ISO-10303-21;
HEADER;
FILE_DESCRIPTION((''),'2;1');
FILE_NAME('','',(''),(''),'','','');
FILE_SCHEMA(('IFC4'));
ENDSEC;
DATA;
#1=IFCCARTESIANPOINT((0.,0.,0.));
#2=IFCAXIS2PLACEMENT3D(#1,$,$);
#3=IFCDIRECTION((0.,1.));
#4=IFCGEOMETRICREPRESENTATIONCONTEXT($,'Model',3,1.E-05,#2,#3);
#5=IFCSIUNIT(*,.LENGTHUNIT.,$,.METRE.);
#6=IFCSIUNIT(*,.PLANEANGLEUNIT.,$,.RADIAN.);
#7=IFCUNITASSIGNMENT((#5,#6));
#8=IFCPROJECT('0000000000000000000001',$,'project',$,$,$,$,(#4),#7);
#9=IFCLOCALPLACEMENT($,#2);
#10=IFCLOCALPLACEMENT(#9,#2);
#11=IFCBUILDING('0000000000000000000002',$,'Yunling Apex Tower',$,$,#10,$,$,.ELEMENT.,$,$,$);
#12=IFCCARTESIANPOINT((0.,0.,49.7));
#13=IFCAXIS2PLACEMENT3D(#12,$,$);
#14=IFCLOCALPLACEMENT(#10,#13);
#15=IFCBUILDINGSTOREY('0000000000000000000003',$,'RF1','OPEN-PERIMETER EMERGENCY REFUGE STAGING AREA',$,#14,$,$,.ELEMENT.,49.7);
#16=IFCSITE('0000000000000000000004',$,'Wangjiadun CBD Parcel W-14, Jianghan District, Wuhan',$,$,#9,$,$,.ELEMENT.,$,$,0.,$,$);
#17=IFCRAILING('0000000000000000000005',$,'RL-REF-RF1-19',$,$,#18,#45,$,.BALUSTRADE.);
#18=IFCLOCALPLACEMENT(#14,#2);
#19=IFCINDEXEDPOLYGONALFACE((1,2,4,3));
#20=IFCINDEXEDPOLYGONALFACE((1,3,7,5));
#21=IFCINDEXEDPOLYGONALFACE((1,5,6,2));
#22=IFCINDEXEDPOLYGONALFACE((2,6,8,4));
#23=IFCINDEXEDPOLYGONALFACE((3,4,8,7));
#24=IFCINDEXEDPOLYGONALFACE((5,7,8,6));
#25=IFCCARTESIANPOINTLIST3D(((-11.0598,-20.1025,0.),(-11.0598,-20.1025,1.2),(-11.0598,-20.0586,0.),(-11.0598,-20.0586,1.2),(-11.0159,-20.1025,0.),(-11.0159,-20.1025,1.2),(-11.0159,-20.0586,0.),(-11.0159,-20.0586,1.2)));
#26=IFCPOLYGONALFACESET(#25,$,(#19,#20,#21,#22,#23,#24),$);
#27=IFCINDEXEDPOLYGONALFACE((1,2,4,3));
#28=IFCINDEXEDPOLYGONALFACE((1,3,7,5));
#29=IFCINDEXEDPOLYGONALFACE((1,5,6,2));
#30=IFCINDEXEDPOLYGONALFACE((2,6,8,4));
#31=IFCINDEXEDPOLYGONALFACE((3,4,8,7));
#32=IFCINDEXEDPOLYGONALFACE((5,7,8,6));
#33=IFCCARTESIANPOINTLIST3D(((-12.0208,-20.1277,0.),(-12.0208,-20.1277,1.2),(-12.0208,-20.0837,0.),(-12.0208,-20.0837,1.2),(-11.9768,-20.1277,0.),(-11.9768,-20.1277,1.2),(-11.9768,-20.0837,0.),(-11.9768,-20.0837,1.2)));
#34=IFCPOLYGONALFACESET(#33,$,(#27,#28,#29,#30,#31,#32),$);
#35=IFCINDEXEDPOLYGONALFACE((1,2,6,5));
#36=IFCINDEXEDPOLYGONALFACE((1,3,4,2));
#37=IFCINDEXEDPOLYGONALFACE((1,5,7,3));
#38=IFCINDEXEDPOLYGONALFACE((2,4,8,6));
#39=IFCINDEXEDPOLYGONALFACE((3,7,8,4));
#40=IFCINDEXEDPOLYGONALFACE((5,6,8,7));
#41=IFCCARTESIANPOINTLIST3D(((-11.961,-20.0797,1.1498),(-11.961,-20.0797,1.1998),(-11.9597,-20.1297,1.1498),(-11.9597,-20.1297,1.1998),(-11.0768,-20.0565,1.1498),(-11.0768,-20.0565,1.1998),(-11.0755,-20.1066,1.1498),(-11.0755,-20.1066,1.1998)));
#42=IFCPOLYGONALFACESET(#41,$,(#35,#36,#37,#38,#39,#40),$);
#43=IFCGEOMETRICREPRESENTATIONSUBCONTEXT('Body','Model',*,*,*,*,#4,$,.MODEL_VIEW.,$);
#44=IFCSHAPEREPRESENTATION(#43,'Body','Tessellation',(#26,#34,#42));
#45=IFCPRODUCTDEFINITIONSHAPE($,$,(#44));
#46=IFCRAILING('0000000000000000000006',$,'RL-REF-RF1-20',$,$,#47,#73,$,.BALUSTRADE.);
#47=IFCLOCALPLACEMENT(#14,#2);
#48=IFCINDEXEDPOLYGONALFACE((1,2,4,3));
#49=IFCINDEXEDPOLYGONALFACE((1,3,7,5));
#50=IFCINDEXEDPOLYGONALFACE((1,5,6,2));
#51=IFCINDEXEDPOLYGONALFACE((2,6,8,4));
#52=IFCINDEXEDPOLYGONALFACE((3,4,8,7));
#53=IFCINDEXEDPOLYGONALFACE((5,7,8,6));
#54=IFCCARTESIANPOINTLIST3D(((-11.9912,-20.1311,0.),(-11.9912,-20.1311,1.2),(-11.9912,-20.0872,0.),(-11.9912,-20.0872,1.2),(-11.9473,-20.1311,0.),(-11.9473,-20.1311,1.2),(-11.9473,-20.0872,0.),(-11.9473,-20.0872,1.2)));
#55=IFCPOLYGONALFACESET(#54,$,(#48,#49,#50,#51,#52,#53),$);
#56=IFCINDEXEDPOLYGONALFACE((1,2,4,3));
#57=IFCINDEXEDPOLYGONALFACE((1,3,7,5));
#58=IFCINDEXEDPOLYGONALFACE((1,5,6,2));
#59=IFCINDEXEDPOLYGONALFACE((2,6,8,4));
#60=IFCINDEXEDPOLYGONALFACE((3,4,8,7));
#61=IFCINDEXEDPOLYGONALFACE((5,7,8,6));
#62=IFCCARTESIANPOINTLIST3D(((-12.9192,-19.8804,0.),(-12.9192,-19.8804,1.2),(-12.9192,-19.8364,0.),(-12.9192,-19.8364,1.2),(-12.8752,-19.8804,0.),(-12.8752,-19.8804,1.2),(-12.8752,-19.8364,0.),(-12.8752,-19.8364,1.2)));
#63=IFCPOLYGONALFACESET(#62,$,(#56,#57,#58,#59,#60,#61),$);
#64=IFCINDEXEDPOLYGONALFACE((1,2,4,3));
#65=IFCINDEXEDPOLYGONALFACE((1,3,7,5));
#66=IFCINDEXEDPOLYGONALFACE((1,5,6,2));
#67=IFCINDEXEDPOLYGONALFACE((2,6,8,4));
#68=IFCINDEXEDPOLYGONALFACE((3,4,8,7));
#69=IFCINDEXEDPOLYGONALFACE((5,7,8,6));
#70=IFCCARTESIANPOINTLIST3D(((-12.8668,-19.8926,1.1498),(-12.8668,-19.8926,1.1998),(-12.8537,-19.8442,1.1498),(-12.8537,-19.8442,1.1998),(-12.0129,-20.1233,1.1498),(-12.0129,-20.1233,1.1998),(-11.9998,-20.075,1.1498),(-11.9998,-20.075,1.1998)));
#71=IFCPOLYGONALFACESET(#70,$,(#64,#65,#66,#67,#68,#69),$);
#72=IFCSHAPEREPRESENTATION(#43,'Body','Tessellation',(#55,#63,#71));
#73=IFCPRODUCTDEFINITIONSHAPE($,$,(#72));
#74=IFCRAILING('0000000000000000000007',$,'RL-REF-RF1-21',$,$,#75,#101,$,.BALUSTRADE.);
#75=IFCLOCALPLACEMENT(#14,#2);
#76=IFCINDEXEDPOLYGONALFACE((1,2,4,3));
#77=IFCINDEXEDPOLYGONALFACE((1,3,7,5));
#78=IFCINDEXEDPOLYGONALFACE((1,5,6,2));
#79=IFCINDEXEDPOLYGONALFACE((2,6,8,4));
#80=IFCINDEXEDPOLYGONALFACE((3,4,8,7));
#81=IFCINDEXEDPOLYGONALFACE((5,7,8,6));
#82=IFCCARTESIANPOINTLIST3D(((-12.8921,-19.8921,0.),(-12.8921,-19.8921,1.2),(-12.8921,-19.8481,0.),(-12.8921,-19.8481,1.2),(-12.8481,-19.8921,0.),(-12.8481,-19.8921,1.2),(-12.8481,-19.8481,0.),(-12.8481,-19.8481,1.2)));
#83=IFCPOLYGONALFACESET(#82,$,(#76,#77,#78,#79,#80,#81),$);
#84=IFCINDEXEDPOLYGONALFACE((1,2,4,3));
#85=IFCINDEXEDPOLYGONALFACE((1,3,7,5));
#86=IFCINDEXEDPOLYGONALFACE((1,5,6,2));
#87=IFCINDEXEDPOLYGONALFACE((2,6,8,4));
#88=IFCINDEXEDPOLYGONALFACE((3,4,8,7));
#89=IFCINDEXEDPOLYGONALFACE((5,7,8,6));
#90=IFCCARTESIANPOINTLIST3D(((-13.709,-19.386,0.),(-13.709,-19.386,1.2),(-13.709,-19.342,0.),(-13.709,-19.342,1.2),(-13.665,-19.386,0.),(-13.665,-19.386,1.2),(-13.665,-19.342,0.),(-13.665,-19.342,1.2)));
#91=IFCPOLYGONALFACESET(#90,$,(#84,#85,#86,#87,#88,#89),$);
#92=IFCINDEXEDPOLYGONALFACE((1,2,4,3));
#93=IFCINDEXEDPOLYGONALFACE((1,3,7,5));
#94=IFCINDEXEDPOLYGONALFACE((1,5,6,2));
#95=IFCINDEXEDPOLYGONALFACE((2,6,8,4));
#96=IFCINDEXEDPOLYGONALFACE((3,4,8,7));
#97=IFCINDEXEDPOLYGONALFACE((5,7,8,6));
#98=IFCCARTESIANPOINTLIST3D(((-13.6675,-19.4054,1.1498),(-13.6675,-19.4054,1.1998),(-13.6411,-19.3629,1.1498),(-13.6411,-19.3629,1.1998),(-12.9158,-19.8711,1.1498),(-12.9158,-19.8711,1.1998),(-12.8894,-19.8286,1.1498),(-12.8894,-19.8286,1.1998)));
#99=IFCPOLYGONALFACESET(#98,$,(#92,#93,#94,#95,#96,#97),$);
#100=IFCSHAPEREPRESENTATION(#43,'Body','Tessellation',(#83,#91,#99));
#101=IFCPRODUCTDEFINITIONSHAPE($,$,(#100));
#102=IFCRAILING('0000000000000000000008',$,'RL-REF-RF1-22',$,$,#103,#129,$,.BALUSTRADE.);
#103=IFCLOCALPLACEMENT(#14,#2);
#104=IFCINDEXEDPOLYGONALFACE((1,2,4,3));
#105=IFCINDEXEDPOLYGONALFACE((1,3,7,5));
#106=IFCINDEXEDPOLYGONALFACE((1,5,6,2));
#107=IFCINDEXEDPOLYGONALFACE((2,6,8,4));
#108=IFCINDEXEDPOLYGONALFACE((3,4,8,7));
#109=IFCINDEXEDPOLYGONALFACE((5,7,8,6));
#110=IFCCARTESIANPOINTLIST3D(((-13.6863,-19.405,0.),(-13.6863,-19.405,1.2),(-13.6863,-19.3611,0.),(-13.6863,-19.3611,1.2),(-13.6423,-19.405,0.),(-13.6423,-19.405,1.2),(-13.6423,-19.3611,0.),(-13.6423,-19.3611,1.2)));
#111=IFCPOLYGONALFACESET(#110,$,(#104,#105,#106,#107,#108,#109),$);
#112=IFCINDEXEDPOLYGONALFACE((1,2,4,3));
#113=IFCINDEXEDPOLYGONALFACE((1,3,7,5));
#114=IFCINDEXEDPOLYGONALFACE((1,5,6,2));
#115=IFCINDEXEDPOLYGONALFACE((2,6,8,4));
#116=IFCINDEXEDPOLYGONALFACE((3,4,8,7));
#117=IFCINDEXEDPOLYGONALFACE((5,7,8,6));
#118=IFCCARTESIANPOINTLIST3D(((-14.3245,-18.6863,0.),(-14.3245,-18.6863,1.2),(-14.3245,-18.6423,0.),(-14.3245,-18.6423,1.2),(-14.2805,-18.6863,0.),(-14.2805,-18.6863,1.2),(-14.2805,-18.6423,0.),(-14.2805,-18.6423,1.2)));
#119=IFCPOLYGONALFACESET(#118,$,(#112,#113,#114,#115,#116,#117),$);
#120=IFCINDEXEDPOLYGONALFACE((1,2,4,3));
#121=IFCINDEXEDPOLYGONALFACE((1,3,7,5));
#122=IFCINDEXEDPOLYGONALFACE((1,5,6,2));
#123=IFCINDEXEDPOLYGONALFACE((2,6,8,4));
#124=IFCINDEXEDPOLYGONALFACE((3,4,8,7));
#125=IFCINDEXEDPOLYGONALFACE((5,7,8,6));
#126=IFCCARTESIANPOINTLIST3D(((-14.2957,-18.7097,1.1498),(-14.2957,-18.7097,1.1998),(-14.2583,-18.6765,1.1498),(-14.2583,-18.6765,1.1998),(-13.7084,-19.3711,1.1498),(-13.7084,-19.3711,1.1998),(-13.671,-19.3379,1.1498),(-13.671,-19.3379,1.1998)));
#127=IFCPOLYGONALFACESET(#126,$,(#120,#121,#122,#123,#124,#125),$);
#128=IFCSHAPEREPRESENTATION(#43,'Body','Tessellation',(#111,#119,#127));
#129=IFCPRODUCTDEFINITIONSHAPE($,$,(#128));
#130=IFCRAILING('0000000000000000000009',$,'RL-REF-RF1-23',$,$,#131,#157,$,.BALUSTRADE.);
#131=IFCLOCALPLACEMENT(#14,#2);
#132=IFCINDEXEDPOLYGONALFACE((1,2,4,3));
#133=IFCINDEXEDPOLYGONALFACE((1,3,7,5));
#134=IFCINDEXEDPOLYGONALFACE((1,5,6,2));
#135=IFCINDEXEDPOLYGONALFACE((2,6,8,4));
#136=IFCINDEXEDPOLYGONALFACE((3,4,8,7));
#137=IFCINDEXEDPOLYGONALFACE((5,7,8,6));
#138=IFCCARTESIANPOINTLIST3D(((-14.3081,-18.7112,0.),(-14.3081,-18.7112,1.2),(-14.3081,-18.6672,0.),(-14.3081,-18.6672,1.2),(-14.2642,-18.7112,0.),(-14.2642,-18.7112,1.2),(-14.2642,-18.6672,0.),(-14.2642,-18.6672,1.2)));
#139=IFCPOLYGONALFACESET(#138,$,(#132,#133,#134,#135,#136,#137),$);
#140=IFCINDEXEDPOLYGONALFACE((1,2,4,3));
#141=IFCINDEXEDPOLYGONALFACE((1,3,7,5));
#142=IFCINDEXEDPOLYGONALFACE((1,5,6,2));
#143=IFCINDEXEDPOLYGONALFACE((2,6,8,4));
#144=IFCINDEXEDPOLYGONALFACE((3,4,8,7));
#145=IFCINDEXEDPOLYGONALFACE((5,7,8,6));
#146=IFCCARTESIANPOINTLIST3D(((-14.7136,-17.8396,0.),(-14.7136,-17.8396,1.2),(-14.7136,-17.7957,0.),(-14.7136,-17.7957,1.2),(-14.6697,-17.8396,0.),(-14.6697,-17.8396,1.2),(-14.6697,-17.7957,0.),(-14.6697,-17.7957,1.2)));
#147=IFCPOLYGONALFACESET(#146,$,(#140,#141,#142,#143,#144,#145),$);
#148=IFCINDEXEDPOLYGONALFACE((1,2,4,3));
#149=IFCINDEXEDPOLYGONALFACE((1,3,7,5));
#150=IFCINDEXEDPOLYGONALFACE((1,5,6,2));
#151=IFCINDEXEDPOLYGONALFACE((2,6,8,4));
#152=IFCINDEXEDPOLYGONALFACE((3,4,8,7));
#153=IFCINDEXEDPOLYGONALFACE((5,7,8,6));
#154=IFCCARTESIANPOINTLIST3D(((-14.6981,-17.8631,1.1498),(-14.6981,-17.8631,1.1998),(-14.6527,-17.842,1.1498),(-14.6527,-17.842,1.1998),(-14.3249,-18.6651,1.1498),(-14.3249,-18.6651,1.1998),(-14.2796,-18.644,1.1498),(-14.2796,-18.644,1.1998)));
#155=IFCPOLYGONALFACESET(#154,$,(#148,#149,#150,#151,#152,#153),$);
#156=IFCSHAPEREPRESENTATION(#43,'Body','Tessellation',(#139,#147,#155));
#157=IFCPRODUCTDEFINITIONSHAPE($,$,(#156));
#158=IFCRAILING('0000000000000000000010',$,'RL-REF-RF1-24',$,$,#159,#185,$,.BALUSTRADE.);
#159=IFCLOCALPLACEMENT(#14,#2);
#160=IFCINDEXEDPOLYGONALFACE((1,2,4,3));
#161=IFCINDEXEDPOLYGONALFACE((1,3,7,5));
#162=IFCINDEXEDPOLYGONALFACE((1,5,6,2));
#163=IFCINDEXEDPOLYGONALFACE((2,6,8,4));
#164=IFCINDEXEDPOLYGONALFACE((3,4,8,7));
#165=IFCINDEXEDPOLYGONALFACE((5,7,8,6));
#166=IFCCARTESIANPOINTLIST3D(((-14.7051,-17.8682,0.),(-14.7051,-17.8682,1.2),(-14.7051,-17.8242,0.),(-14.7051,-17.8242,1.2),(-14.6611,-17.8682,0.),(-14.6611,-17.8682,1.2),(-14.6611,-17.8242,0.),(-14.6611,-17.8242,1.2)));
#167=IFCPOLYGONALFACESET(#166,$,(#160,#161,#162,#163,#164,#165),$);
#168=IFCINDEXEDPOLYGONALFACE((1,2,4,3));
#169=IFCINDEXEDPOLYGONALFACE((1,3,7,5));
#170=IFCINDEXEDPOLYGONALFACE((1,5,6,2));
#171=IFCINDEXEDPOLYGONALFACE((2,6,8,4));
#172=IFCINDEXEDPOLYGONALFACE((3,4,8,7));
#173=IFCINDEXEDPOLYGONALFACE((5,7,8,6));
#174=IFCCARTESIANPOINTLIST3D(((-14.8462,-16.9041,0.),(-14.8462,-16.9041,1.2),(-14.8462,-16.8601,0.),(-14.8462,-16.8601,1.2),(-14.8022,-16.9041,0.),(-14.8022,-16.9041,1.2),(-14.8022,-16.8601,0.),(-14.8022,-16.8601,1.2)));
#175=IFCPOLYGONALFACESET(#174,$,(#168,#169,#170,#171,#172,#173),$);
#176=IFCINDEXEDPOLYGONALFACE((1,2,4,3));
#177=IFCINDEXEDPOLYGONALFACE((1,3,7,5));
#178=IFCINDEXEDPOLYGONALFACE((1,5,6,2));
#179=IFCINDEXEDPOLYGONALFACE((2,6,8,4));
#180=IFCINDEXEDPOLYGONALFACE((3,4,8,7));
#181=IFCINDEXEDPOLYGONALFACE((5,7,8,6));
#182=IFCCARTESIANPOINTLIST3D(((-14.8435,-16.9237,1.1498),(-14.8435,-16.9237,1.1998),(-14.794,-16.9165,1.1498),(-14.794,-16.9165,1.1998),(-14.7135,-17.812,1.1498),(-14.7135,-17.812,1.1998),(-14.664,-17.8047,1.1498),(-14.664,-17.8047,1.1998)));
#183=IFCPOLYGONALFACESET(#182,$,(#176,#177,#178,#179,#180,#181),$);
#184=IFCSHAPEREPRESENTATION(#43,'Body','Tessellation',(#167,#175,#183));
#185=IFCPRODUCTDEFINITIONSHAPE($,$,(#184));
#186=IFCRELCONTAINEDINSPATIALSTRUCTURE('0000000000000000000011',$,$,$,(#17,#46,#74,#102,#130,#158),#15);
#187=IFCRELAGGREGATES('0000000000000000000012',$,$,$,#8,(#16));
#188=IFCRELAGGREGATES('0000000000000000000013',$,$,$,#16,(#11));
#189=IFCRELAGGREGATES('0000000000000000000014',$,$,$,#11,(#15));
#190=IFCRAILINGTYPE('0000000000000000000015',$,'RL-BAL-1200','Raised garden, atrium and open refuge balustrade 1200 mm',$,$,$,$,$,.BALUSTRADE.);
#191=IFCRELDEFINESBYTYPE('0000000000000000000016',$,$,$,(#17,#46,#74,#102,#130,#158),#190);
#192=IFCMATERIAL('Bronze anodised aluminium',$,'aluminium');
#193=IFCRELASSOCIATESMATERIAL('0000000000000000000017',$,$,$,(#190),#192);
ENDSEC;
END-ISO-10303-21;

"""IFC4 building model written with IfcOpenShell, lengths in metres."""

from ifc_helpers import new_model, si_unit, direction, frame, origin, origin_2d, place, context, subcontext, project, spatial, rectangle, extrude, material, type_object, element, save


model = new_model("IFC4")

# Units and contexts
model_context = context("Model", 3, precision=1e-05, world=origin(), true_north=direction((0.0, 1.0)))
body_context = subcontext(model_context, "Body", "Model", "MODEL_VIEW")
ifc_project = project(units=[si_unit("LENGTHUNIT", "METRE"), si_unit("PLANEANGLEUNIT", "RADIAN")], contexts=[model_context])

# Site, building, storey
site_placement = place(None, origin())
site = spatial("IfcSite", under=ifc_project, at=site_placement, Name="Wangjiadun CBD Parcel W-14, Jianghan District, Wuhan", CompositionType="ELEMENT", RefElevation=0.0)
building_placement = place(site_placement, origin())
building = spatial("IfcBuilding", under=site, at=building_placement, Name="Yunling Apex Tower", CompositionType="ELEMENT")
storey_placement = place(building_placement, frame((0.0, 0.0, 49.7)))
storey = spatial("IfcBuildingStorey", under=building, at=storey_placement, Name="RF1", Description="OPEN-PERIMETER EMERGENCY REFUGE STAGING AREA", CompositionType="ELEMENT", Elevation=49.7)

# Railings
ifc_material_1 = material(Name="Bronze anodised aluminium", Category="aluminium")
railing_type = type_object("IfcRailingType", Name="RL-BAL-1200", Description="Raised garden, atrium and open refuge balustrade 1200 mm", PredefinedType="BALUSTRADE", material=ifc_material_1)
railing_1_placement = place(storey_placement, frame((-11.0378, -20.0806, 0.0)))
element("IfcRailing", 1, at=railing_1_placement, inside=storey, type_object=railing_type, Name="RL-REF-RF1-19", PredefinedType="BALUSTRADE", context=body_context, shape_type="SweptSolid", body=[
    extrude(rectangle(XDim=0.0439, YDim=0.0439, at=origin_2d()), origin(), (0.0, 0.0, 1.0), 1.2),
    extrude(rectangle(XDim=0.0439, YDim=0.0439, at=origin_2d()), frame((-0.9609, -0.0251, 0.0)), (0.0, 0.0, 1.0), 1.2),
    extrude(rectangle(XDim=0.05, YDim=0.05, at=origin_2d()), frame((-0.0383, -0.001, 1.1748), z_axis=(-0.999658, -0.02616, 0.0), x_axis=(0.02616, -0.999658, 0.0)), (0.0, 0.0, 1.0), 0.8845),
])
railing_2_placement = place(storey_placement, frame((-11.9692, -20.1091, 0.0)))
element("IfcRailing", 2, at=railing_2_placement, inside=storey, type_object=railing_type, Name="RL-REF-RF1-20", PredefinedType="BALUSTRADE", context=body_context, shape_type="SweptSolid", body=[
    extrude(rectangle(XDim=0.0439, YDim=0.0439, at=origin_2d()), origin(), (0.0, 0.0, 1.0), 1.2),
    extrude(rectangle(XDim=0.0439, YDim=0.0439, at=origin_2d()), frame((-0.928, 0.2507, 0.0)), (0.0, 0.0, 1.0), 1.2),
    extrude(rectangle(XDim=0.05, YDim=0.05, at=origin_2d()), frame((-0.0371, 0.01, 1.1748), z_axis=(-0.965382, 0.260839, 0.0), x_axis=(-0.260839, -0.965382, 0.0)), (0.0, 0.0, 1.0), 0.8845),
])
railing_3_placement = place(storey_placement, frame((-12.8701, -19.8701, 0.0)))
element("IfcRailing", 3, at=railing_3_placement, inside=storey, type_object=railing_type, Name="RL-REF-RF1-21", PredefinedType="BALUSTRADE", context=body_context, shape_type="SweptSolid", body=[
    extrude(rectangle(XDim=0.0439, YDim=0.0439, at=origin_2d()), origin(), (0.0, 0.0, 1.0), 1.2),
    extrude(rectangle(XDim=0.0439, YDim=0.0439, at=origin_2d()), frame((-0.8169, 0.5061, 0.0)), (0.0, 0.0, 1.0), 1.2),
    extrude(rectangle(XDim=0.05, YDim=0.05, at=origin_2d()), frame((-0.0325, 0.0203, 1.1748), z_axis=(-0.850076, 0.526661, 0.0), x_axis=(-0.526661, -0.850076, 0.0)), (0.0, 0.0, 1.0), 0.8843),
])
railing_4_placement = place(storey_placement, frame((-13.6643, -19.3831, 0.0)))
element("IfcRailing", 4, at=railing_4_placement, inside=storey, type_object=railing_type, Name="RL-REF-RF1-22", PredefinedType="BALUSTRADE", context=body_context, shape_type="SweptSolid", body=[
    extrude(rectangle(XDim=0.0439, YDim=0.0439, at=origin_2d()), origin(), (0.0, 0.0, 1.0), 1.2),
    extrude(rectangle(XDim=0.0439, YDim=0.0439, at=origin_2d()), frame((-0.6382, 0.7188, 0.0)), (0.0, 0.0, 1.0), 1.2),
    extrude(rectangle(XDim=0.05, YDim=0.05, at=origin_2d()), frame((-0.0254, 0.0286, 1.1748), z_axis=(-0.663954, 0.747774, 0.0), x_axis=(-0.747774, -0.663954, 0.0)), (0.0, 0.0, 1.0), 0.8845),
])
railing_5_placement = place(storey_placement, frame((-14.2861, -18.6892, 0.0)))
element("IfcRailing", 5, at=railing_5_placement, inside=storey, type_object=railing_type, Name="RL-REF-RF1-23", PredefinedType="BALUSTRADE", context=body_context, shape_type="SweptSolid", body=[
    extrude(rectangle(XDim=0.0439, YDim=0.0439, at=origin_2d()), origin(), (0.0, 0.0, 1.0), 1.2),
    extrude(rectangle(XDim=0.0439, YDim=0.0439, at=origin_2d()), frame((-0.4055, 0.8716, 0.0)), (0.0, 0.0, 1.0), 1.2),
    extrude(rectangle(XDim=0.05, YDim=0.05, at=origin_2d()), frame((-0.0161, 0.0347, 1.1748), z_axis=(-0.421842, 0.906669, 0.0), x_axis=(-0.906669, -0.421842, 0.0)), (0.0, 0.0, 1.0), 0.8845),
])
railing_6_placement = place(storey_placement, frame((-14.6831, -17.8462, 0.0)))
element("IfcRailing", 6, at=railing_6_placement, inside=storey, type_object=railing_type, Name="RL-REF-RF1-24", PredefinedType="BALUSTRADE", context=body_context, shape_type="SweptSolid", body=[
    extrude(rectangle(XDim=0.0439, YDim=0.0439, at=origin_2d()), origin(), (0.0, 0.0, 1.0), 1.2),
    extrude(rectangle(XDim=0.0439, YDim=0.0439, at=origin_2d()), frame((-0.1411, 0.9641, 0.0)), (0.0, 0.0, 1.0), 1.2),
    extrude(rectangle(XDim=0.05, YDim=0.05, at=origin_2d()), frame((-0.0056, 0.0378, 1.1748), z_axis=(-0.144823, 0.989458, 0.0), x_axis=(-0.989458, -0.144823, 0.0)), (0.0, 0.0, 1.0), 0.8977),
])

save(model, "model.ifc")
